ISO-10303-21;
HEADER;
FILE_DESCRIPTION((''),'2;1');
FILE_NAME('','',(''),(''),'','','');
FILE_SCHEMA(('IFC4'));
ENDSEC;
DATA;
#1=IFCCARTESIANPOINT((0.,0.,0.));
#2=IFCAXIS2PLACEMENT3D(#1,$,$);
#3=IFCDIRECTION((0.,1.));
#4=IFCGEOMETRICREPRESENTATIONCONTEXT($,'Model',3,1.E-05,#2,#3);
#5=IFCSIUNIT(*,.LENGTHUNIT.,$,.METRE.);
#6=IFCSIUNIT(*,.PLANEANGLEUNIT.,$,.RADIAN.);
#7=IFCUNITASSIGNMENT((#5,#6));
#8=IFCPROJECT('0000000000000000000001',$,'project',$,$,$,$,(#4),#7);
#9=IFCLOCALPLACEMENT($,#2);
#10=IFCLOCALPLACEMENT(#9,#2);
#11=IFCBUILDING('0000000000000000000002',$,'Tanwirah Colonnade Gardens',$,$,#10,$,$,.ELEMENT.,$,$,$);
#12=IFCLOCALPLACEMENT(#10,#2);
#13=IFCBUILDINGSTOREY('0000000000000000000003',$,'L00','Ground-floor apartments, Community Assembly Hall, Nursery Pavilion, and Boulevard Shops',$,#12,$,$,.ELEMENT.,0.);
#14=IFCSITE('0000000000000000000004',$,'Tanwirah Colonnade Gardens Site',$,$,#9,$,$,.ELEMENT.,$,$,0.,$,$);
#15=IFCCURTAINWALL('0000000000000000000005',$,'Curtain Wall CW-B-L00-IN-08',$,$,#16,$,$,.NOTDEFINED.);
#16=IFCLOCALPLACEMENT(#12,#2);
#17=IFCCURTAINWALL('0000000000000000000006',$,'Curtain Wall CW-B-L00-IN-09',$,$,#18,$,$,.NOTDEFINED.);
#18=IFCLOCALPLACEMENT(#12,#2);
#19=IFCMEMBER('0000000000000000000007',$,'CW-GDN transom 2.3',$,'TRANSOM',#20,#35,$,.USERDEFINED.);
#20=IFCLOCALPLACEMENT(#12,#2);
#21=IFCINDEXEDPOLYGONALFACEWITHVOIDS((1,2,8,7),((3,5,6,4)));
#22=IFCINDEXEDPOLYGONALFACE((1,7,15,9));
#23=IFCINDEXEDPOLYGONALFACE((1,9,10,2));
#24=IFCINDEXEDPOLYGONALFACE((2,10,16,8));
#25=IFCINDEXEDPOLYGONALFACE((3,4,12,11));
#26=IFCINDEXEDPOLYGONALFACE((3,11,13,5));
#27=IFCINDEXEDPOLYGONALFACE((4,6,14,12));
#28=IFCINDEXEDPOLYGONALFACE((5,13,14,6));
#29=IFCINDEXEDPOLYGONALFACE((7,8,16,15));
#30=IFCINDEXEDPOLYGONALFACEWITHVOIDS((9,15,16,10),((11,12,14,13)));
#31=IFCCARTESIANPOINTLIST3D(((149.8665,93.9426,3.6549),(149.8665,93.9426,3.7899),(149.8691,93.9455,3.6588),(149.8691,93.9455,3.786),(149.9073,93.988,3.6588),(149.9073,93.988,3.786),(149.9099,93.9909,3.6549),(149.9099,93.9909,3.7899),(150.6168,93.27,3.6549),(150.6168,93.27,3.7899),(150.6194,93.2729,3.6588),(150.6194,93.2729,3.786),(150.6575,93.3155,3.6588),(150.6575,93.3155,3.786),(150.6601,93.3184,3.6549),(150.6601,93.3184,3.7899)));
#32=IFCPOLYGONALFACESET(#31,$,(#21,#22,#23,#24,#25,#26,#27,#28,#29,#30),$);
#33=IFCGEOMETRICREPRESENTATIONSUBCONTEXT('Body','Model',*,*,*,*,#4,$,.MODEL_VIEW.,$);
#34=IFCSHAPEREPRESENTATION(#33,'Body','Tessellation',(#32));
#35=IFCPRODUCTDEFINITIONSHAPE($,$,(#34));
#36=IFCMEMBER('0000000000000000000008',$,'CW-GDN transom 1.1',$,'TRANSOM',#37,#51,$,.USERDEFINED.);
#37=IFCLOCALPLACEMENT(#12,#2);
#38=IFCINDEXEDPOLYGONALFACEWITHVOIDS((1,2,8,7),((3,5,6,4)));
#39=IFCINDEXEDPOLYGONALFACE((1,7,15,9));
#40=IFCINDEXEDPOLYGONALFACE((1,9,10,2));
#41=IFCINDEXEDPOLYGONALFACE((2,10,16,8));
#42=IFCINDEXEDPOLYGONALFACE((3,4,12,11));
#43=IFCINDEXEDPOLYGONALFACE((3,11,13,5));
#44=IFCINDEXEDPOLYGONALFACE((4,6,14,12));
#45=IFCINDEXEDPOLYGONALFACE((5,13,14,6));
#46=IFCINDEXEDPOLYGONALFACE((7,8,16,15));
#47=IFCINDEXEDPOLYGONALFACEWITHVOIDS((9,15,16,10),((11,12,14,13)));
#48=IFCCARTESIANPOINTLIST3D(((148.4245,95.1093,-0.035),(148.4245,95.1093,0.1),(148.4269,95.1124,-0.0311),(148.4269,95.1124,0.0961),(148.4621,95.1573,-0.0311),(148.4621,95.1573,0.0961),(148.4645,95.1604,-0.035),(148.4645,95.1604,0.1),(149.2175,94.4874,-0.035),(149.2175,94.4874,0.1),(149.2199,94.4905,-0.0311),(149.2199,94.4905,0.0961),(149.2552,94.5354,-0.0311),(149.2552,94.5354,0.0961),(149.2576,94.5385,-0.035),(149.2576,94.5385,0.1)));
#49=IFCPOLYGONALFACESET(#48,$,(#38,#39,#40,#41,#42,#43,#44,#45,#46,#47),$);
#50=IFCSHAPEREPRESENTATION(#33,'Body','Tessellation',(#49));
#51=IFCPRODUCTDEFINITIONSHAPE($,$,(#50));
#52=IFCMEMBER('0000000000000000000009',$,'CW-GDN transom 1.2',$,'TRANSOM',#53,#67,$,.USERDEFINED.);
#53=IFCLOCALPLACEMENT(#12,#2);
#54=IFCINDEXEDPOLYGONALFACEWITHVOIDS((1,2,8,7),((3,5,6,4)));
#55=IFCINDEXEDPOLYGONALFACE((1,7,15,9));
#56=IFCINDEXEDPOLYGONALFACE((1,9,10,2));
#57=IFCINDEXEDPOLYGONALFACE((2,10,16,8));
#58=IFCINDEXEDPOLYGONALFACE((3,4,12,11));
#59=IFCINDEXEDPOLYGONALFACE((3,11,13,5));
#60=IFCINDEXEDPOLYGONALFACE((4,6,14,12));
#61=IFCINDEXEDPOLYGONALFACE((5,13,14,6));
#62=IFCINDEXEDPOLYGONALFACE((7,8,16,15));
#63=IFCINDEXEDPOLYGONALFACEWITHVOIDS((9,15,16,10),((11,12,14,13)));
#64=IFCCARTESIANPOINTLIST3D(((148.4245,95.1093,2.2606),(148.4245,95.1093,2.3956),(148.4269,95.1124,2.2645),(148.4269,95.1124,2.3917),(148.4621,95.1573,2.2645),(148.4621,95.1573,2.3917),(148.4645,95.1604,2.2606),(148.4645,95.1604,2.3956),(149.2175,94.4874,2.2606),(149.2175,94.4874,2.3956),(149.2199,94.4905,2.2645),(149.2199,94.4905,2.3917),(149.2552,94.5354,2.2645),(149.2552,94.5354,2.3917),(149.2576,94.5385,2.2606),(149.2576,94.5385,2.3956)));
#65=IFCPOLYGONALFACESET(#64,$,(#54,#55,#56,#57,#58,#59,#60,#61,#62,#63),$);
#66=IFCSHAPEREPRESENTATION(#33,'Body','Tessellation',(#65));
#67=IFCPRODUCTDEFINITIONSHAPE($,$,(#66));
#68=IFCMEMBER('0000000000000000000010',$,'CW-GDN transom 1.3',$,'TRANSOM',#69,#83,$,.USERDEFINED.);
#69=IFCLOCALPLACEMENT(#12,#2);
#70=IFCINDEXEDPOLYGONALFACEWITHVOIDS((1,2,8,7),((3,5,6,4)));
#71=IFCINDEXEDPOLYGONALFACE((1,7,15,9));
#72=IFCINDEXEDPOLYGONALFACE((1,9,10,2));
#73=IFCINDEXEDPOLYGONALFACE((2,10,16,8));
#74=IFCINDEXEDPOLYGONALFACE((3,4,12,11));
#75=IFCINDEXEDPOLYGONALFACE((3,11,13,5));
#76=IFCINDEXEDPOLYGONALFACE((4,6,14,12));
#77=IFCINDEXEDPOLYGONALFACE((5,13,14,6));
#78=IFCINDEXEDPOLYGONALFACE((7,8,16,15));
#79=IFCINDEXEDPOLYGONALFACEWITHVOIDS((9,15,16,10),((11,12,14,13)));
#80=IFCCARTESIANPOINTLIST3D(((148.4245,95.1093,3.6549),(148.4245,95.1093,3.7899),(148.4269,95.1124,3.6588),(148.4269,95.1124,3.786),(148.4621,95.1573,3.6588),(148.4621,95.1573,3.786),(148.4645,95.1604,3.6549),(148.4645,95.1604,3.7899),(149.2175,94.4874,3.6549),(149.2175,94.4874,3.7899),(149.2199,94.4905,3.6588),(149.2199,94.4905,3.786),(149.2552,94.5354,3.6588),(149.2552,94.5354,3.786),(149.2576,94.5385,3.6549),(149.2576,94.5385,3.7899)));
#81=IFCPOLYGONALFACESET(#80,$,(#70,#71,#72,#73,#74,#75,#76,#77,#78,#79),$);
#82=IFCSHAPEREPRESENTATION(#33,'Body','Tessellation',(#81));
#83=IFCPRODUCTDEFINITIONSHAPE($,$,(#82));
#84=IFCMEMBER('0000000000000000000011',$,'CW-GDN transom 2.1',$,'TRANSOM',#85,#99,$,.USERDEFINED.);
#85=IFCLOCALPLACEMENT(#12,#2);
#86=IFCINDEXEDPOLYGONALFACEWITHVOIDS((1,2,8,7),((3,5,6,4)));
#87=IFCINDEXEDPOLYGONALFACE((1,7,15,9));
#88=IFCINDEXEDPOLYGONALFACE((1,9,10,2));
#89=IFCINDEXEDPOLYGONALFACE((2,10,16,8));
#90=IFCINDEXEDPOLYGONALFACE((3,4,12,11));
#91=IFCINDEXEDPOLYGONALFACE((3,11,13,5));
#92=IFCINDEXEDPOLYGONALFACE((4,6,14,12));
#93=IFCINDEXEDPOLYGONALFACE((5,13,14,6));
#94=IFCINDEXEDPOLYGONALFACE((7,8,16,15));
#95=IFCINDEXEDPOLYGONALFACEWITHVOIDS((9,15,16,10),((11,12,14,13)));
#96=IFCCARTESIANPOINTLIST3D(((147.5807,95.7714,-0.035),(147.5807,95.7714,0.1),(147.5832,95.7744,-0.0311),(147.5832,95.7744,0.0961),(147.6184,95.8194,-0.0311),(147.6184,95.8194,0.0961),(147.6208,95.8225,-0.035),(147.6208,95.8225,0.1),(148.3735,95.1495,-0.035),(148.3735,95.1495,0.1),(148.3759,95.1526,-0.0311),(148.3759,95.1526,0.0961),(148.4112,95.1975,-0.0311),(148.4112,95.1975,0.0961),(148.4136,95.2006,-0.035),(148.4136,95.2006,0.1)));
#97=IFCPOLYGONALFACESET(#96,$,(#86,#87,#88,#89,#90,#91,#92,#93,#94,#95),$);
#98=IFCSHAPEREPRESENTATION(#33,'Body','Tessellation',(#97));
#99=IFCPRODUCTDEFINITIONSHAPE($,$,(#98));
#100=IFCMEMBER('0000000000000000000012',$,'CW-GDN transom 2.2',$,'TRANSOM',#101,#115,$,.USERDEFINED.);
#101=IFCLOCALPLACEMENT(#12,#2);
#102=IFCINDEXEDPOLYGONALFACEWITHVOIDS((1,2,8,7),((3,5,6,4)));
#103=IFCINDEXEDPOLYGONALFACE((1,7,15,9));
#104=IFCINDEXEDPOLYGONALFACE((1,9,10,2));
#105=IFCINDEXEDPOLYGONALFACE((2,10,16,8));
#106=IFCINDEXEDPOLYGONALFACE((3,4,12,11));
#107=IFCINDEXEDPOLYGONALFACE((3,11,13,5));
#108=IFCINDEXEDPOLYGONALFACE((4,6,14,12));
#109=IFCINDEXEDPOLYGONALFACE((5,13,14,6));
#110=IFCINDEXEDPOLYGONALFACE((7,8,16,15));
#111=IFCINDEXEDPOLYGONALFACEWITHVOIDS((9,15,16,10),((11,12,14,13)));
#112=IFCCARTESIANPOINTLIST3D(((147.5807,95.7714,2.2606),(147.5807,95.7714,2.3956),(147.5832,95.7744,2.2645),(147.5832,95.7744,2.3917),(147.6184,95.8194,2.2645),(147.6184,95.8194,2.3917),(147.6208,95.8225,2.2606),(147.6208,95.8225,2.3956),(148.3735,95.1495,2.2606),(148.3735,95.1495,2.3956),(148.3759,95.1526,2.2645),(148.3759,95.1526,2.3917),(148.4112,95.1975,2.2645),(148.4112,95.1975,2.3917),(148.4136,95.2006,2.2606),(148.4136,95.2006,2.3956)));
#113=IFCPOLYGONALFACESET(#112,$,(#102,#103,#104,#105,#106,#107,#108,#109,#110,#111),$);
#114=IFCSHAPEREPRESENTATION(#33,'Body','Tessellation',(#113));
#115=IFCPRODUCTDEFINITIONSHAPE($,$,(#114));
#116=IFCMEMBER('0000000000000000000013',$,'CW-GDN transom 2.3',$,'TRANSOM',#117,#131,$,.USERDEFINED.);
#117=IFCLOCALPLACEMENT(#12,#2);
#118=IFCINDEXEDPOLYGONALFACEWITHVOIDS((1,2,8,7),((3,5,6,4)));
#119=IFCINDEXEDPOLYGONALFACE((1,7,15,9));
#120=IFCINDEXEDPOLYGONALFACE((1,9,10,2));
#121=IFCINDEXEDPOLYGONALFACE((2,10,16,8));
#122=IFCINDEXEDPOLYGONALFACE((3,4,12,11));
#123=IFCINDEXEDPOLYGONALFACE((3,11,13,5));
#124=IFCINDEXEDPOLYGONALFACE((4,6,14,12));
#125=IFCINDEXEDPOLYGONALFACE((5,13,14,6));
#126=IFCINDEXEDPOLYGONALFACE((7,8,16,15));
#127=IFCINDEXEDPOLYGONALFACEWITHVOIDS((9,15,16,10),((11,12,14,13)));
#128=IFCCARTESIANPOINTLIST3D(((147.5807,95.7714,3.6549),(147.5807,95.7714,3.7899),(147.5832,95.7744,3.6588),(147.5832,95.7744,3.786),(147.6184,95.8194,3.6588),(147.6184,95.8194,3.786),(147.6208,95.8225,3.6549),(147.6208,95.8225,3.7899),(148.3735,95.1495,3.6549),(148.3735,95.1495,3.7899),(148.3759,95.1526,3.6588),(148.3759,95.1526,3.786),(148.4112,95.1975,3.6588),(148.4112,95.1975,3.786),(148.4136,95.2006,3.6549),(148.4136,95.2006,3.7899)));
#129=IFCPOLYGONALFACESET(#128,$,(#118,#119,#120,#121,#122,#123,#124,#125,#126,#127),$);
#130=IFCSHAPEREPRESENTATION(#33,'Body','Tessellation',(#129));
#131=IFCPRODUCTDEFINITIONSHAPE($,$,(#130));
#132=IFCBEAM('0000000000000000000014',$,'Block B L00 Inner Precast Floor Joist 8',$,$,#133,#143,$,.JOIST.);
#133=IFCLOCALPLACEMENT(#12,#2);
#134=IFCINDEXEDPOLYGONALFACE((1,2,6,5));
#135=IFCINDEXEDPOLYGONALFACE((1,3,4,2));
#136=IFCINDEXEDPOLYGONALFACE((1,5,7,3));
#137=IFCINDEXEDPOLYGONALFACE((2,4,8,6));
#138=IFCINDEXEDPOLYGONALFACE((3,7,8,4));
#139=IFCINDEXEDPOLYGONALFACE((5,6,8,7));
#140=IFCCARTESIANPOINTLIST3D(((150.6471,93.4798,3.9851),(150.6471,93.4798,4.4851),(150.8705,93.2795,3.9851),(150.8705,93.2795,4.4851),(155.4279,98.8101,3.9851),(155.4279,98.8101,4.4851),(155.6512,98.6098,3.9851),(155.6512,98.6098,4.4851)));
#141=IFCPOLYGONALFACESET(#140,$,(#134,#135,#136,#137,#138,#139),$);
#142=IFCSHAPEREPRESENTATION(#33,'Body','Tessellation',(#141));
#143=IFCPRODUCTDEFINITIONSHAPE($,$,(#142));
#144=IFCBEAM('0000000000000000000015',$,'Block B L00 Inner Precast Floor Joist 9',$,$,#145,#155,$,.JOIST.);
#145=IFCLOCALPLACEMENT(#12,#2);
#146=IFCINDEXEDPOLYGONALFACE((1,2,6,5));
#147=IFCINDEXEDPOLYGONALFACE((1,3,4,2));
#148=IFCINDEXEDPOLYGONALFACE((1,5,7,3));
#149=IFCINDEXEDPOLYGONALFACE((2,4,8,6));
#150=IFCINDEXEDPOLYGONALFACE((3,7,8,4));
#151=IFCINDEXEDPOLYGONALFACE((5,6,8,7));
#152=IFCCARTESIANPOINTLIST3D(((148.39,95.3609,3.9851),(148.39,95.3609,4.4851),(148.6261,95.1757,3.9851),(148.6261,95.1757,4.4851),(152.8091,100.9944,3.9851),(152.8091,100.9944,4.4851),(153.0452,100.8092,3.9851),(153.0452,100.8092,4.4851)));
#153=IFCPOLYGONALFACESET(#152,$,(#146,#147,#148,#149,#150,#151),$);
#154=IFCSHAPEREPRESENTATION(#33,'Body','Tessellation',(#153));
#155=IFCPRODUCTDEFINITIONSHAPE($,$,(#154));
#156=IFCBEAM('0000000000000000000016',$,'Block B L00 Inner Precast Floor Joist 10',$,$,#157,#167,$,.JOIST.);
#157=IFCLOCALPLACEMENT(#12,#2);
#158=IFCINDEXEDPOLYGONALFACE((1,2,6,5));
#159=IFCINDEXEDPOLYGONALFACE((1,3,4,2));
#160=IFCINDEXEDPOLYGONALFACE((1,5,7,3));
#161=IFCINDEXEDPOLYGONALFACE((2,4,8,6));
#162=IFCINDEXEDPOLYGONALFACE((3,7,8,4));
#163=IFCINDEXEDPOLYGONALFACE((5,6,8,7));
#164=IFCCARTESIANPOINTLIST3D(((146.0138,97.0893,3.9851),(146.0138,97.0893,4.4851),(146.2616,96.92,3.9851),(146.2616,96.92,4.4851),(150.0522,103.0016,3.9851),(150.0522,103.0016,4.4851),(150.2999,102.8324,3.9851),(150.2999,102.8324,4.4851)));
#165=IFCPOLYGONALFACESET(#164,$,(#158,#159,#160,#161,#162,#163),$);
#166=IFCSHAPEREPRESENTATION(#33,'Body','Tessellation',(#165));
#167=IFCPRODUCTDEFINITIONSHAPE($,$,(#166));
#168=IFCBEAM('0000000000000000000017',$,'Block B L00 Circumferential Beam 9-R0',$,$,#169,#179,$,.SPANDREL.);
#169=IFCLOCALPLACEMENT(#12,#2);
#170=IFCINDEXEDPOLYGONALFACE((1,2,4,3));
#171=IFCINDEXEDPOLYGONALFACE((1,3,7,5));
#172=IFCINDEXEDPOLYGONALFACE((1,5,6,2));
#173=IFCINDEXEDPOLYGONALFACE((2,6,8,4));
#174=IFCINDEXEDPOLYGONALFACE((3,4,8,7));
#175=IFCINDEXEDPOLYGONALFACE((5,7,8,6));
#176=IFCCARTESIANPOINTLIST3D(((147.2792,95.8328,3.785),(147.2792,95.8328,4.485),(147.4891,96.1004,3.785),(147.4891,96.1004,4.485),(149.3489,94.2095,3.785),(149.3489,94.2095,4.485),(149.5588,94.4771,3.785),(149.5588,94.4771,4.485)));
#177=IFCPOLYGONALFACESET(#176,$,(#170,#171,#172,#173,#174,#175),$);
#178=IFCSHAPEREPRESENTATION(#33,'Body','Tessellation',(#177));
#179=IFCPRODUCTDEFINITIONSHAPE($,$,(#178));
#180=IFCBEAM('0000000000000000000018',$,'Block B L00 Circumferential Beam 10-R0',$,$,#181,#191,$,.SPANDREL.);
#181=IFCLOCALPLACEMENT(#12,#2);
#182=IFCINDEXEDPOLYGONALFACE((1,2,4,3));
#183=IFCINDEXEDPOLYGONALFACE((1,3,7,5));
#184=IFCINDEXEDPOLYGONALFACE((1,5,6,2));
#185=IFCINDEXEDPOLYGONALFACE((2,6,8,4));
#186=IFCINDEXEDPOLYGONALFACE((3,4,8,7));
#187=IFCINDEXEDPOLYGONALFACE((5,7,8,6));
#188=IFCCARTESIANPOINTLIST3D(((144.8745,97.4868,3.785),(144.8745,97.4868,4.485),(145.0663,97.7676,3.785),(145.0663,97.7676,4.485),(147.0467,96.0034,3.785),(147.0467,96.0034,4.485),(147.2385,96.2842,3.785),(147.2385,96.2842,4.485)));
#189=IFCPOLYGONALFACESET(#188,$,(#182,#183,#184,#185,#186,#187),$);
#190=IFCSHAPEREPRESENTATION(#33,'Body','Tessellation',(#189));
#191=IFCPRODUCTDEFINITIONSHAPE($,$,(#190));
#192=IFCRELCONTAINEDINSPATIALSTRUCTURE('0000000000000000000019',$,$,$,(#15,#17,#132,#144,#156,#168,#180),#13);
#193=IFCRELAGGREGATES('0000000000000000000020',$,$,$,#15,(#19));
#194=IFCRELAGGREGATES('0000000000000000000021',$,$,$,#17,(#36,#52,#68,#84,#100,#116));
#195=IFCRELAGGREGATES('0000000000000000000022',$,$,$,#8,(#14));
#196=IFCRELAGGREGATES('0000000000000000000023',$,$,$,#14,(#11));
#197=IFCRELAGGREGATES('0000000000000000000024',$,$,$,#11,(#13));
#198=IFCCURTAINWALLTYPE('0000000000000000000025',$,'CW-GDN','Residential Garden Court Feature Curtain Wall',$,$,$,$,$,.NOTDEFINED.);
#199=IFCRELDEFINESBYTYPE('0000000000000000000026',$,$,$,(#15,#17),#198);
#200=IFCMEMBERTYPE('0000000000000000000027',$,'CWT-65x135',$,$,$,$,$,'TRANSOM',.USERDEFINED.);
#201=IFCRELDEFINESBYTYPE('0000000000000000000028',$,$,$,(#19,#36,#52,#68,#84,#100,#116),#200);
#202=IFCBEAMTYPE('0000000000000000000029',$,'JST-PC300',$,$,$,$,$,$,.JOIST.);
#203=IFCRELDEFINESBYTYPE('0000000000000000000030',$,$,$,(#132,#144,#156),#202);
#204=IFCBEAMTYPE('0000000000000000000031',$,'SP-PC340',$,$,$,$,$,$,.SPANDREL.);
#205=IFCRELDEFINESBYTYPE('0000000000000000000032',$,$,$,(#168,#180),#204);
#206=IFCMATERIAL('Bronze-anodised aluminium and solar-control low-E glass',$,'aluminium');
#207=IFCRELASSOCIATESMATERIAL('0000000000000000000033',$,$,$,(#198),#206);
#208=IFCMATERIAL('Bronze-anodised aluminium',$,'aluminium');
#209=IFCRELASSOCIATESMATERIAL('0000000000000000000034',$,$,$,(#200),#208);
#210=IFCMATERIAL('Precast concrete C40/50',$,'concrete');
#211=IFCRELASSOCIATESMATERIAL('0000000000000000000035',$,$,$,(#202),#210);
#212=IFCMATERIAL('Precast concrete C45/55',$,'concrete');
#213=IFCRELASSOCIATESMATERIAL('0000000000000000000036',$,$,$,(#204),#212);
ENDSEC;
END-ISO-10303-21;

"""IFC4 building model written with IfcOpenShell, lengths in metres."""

from ifc_helpers import new_model, si_unit, direction, frame, origin, origin_2d, place, context, subcontext, project, spatial, rectangle, hollow_rectangle, extrude, material, material_profile, profile_set, type_object, element, aggregate, save


model = new_model("IFC4")

# Units and contexts
model_context = context("Model", 3, precision=1e-05, world=origin(), true_north=direction((0.0, 1.0)))
body_context = subcontext(model_context, "Body", "Model", "MODEL_VIEW")
ifc_project = project(units=[si_unit("LENGTHUNIT", "METRE"), si_unit("PLANEANGLEUNIT", "RADIAN")], contexts=[model_context])

# Site, building, storey
site_placement = place(None, origin())
site = spatial("IfcSite", under=ifc_project, at=site_placement, Name="Tanwirah Colonnade Gardens Site", CompositionType="ELEMENT", RefElevation=0.0)
building_placement = place(site_placement, origin())
building = spatial("IfcBuilding", under=site, at=building_placement, Name="Tanwirah Colonnade Gardens", CompositionType="ELEMENT")
storey_placement = place(building_placement, origin())
storey = spatial("IfcBuildingStorey", under=building, at=storey_placement, Name="L00", Description="Ground-floor apartments, Community Assembly Hall, Nursery Pavilion, and Boulevard Shops", CompositionType="ELEMENT", Elevation=0.0)

# Shared definitions
ifc_material_1 = material(Name="Precast concrete C45/55", Category="concrete")

# Shared definitions
ifc_material_2 = material(Name="Precast concrete C40/50", Category="concrete")

# Curtain walls
ifc_material_3 = material(Name="Bronze-anodised aluminium and solar-control low-E glass", Category="aluminium")
curtain_wall_type = type_object("IfcCurtainWallType", Name="CW-GDN", Description="Residential Garden Court Feature Curtain Wall", PredefinedType="NOTDEFINED", material=ifc_material_3)
curtain_wall_1_placement = place(storey_placement, origin())
curtain_wall_1 = element("IfcCurtainWall", 1, at=curtain_wall_1_placement, inside=storey, type_object=curtain_wall_type, Name="Curtain Wall CW-B-L00-IN-08", PredefinedType="NOTDEFINED")
ifc_material_4 = material(Name="Bronze-anodised aluminium", Category="aluminium")
curtain_wall_2_placement = place(storey_placement, origin())
curtain_wall_2 = element("IfcCurtainWall", 2, at=curtain_wall_2_placement, inside=storey, type_object=curtain_wall_type, Name="Curtain Wall CW-B-L00-IN-09", PredefinedType="NOTDEFINED")

# Members
ifc_material_profile_1 = material_profile(ifc_material_4, hollow_rectangle(XDim=0.0649, YDim=0.135, WallThickness=0.0039, at=origin_2d()), Name="CW-TRN 65x135x4")
ifc_profile_set_1 = profile_set([ifc_material_profile_1], Name="Bronze-anodised aluminium")
member_type_1 = type_object("IfcMemberType", Name="CWT-65x135", ElementType="TRANSOM", PredefinedType="USERDEFINED", material=ifc_profile_set_1)
member_1_placement = place(storey_placement, frame((150.6384, 93.2942, 3.7224), z_axis=(-0.744582, 0.667531, 0.0), x_axis=(-0.667531, -0.744582, 0.0)))
member_1 = element("IfcMember", 3, at=member_1_placement, type_object=member_type_1, Name="CW-GDN transom 2.3", ObjectType="TRANSOM", PredefinedType="USERDEFINED", context=body_context, shape_type="SweptSolid", body=[
    extrude(hollow_rectangle(XDim=0.0649, YDim=0.135, WallThickness=0.0039, at=origin_2d()), origin(), (0.0, 0.0, 1.0), 1.0076),
])
member_2_placement = place(storey_placement, frame((149.2375, 94.5129, 0.0325), z_axis=(-0.786906, 0.617072, 0.0), x_axis=(-0.617072, -0.786906, 0.0)))
member_2 = element("IfcMember", 4, at=member_2_placement, type_object=member_type_1, Name="CW-GDN transom 1.1", ObjectType="TRANSOM", PredefinedType="USERDEFINED", context=body_context, shape_type="SweptSolid", body=[
    extrude(hollow_rectangle(XDim=0.0649, YDim=0.135, WallThickness=0.0039, at=origin_2d()), origin(), (0.0, 0.0, 1.0), 1.0078),
])
member_3_placement = place(storey_placement, frame((149.2375, 94.5129, 2.3281), z_axis=(-0.786906, 0.617072, 0.0), x_axis=(-0.617072, -0.786906, 0.0)))
member_3 = element("IfcMember", 5, at=member_3_placement, type_object=member_type_1, Name="CW-GDN transom 1.2", ObjectType="TRANSOM", PredefinedType="USERDEFINED", context=body_context, shape_type="SweptSolid", body=[
    extrude(hollow_rectangle(XDim=0.0649, YDim=0.135, WallThickness=0.0039, at=origin_2d()), origin(), (0.0, 0.0, 1.0), 1.0078),
])
member_4_placement = place(storey_placement, frame((149.2375, 94.5129, 3.7224), z_axis=(-0.786906, 0.617072, 0.0), x_axis=(-0.617072, -0.786906, 0.0)))
member_4 = element("IfcMember", 6, at=member_4_placement, type_object=member_type_1, Name="CW-GDN transom 1.3", ObjectType="TRANSOM", PredefinedType="USERDEFINED", context=body_context, shape_type="SweptSolid", body=[
    extrude(hollow_rectangle(XDim=0.0649, YDim=0.135, WallThickness=0.0039, at=origin_2d()), origin(), (0.0, 0.0, 1.0), 1.0078),
])
member_5_placement = place(storey_placement, frame((148.3936, 95.175, 0.0325), z_axis=(-0.786814, 0.61719, 0.0), x_axis=(-0.61719, -0.786814, 0.0)))
member_5 = element("IfcMember", 7, at=member_5_placement, type_object=member_type_1, Name="CW-GDN transom 2.1", ObjectType="TRANSOM", PredefinedType="USERDEFINED", context=body_context, shape_type="SweptSolid", body=[
    extrude(hollow_rectangle(XDim=0.0649, YDim=0.135, WallThickness=0.0039, at=origin_2d()), origin(), (0.0, 0.0, 1.0), 1.0076),
])
member_6_placement = place(storey_placement, frame((148.3936, 95.175, 2.3281), z_axis=(-0.786814, 0.61719, 0.0), x_axis=(-0.61719, -0.786814, 0.0)))
member_6 = element("IfcMember", 8, at=member_6_placement, type_object=member_type_1, Name="CW-GDN transom 2.2", ObjectType="TRANSOM", PredefinedType="USERDEFINED", context=body_context, shape_type="SweptSolid", body=[
    extrude(hollow_rectangle(XDim=0.0649, YDim=0.135, WallThickness=0.0039, at=origin_2d()), origin(), (0.0, 0.0, 1.0), 1.0076),
])
member_7_placement = place(storey_placement, frame((148.3936, 95.175, 3.7224), z_axis=(-0.786814, 0.61719, 0.0), x_axis=(-0.61719, -0.786814, 0.0)))
member_7 = element("IfcMember", 9, at=member_7_placement, type_object=member_type_1, Name="CW-GDN transom 2.3", ObjectType="TRANSOM", PredefinedType="USERDEFINED", context=body_context, shape_type="SweptSolid", body=[
    extrude(hollow_rectangle(XDim=0.0649, YDim=0.135, WallThickness=0.0039, at=origin_2d()), origin(), (0.0, 0.0, 1.0), 1.0076),
])

# Beams
ifc_material_profile_2 = material_profile(ifc_material_2, rectangle(XDim=0.3, YDim=0.5, at=origin_2d()), Name="PC-JST 300x500")
ifc_profile_set_2 = profile_set([ifc_material_profile_2], Name="Precast concrete C40/50")
beam_type_1 = type_object("IfcBeamType", Name="JST-PC300", PredefinedType="JOIST", material=ifc_profile_set_2)
beam_1_placement = place(storey_placement, frame((150.7588, 93.3796, 4.2351), z_axis=(0.667688, 0.744441, 0.0), x_axis=(-0.744441, 0.667688, 0.0)))
element("IfcBeam", 10, at=beam_1_placement, inside=storey, type_object=beam_type_1, Name="Block B L00 Inner Precast Floor Joist 8", PredefinedType="JOIST", context=body_context, shape_type="SweptSolid", body=[
    extrude(rectangle(XDim=0.3, YDim=0.5, at=origin_2d()), origin(), (0.0, 0.0, 1.0), 7.1602),
])
for number, where, z_axis, x_axis, name in (
    (11, (148.5081, 95.2683, 4.2351), (0.617202, 0.786804, 0.0), (-0.786804, 0.617202, 0.0), "Block B L00 Inner Precast Floor Joist 9"),
    (12, (146.1377, 97.0046, 4.2351), (0.564021, 0.82576, 0.0), (-0.82576, 0.564021, 0.0), "Block B L00 Inner Precast Floor Joist 10"),
):
    element("IfcBeam", number, at=place(storey_placement, frame(where, z_axis=z_axis, x_axis=x_axis)), inside=storey, type_object=beam_type_1, Name=name, PredefinedType="JOIST", context=body_context, shape_type="SweptSolid", body=[
        extrude(rectangle(XDim=0.3, YDim=0.5, at=origin_2d()), origin(), (0.0, 0.0, 1.0), 7.1599),
    ])
ifc_material_profile_3 = material_profile(ifc_material_1, rectangle(XDim=0.3401, YDim=0.7, at=origin_2d()), Name="PC-SP 340x700")
ifc_profile_set_3 = profile_set([ifc_material_profile_3], Name="Precast concrete C45/55")
beam_type_2 = type_object("IfcBeamType", Name="SP-PC340", PredefinedType="SPANDREL", material=ifc_profile_set_3)
for number, where, z_axis, x_axis, name in (
    (13, (149.4539, 94.3433, 4.135), (-0.786837, 0.617161, 0.0), (-0.617161, -0.786837, 0.0), "Block B L00 Circumferential Beam 9-R0"),
    (14, (147.1426, 96.1438, 4.135), (-0.825801, 0.563962, 0.0), (-0.563962, -0.825801, 0.0), "Block B L00 Circumferential Beam 10-R0"),
):
    element("IfcBeam", number, at=place(storey_placement, frame(where, z_axis=z_axis, x_axis=x_axis)), inside=storey, type_object=beam_type_2, Name=name, PredefinedType="SPANDREL", context=body_context, shape_type="SweptSolid", body=[
        extrude(rectangle(XDim=0.3401, YDim=0.7, at=origin_2d()), origin(), (0.0, 0.0, 1.0), 2.6304),
    ])

aggregate(curtain_wall_1, [member_1])
aggregate(curtain_wall_2, [member_2, member_3, member_4, member_5, member_6, member_7])

save(model, "model.ifc")
